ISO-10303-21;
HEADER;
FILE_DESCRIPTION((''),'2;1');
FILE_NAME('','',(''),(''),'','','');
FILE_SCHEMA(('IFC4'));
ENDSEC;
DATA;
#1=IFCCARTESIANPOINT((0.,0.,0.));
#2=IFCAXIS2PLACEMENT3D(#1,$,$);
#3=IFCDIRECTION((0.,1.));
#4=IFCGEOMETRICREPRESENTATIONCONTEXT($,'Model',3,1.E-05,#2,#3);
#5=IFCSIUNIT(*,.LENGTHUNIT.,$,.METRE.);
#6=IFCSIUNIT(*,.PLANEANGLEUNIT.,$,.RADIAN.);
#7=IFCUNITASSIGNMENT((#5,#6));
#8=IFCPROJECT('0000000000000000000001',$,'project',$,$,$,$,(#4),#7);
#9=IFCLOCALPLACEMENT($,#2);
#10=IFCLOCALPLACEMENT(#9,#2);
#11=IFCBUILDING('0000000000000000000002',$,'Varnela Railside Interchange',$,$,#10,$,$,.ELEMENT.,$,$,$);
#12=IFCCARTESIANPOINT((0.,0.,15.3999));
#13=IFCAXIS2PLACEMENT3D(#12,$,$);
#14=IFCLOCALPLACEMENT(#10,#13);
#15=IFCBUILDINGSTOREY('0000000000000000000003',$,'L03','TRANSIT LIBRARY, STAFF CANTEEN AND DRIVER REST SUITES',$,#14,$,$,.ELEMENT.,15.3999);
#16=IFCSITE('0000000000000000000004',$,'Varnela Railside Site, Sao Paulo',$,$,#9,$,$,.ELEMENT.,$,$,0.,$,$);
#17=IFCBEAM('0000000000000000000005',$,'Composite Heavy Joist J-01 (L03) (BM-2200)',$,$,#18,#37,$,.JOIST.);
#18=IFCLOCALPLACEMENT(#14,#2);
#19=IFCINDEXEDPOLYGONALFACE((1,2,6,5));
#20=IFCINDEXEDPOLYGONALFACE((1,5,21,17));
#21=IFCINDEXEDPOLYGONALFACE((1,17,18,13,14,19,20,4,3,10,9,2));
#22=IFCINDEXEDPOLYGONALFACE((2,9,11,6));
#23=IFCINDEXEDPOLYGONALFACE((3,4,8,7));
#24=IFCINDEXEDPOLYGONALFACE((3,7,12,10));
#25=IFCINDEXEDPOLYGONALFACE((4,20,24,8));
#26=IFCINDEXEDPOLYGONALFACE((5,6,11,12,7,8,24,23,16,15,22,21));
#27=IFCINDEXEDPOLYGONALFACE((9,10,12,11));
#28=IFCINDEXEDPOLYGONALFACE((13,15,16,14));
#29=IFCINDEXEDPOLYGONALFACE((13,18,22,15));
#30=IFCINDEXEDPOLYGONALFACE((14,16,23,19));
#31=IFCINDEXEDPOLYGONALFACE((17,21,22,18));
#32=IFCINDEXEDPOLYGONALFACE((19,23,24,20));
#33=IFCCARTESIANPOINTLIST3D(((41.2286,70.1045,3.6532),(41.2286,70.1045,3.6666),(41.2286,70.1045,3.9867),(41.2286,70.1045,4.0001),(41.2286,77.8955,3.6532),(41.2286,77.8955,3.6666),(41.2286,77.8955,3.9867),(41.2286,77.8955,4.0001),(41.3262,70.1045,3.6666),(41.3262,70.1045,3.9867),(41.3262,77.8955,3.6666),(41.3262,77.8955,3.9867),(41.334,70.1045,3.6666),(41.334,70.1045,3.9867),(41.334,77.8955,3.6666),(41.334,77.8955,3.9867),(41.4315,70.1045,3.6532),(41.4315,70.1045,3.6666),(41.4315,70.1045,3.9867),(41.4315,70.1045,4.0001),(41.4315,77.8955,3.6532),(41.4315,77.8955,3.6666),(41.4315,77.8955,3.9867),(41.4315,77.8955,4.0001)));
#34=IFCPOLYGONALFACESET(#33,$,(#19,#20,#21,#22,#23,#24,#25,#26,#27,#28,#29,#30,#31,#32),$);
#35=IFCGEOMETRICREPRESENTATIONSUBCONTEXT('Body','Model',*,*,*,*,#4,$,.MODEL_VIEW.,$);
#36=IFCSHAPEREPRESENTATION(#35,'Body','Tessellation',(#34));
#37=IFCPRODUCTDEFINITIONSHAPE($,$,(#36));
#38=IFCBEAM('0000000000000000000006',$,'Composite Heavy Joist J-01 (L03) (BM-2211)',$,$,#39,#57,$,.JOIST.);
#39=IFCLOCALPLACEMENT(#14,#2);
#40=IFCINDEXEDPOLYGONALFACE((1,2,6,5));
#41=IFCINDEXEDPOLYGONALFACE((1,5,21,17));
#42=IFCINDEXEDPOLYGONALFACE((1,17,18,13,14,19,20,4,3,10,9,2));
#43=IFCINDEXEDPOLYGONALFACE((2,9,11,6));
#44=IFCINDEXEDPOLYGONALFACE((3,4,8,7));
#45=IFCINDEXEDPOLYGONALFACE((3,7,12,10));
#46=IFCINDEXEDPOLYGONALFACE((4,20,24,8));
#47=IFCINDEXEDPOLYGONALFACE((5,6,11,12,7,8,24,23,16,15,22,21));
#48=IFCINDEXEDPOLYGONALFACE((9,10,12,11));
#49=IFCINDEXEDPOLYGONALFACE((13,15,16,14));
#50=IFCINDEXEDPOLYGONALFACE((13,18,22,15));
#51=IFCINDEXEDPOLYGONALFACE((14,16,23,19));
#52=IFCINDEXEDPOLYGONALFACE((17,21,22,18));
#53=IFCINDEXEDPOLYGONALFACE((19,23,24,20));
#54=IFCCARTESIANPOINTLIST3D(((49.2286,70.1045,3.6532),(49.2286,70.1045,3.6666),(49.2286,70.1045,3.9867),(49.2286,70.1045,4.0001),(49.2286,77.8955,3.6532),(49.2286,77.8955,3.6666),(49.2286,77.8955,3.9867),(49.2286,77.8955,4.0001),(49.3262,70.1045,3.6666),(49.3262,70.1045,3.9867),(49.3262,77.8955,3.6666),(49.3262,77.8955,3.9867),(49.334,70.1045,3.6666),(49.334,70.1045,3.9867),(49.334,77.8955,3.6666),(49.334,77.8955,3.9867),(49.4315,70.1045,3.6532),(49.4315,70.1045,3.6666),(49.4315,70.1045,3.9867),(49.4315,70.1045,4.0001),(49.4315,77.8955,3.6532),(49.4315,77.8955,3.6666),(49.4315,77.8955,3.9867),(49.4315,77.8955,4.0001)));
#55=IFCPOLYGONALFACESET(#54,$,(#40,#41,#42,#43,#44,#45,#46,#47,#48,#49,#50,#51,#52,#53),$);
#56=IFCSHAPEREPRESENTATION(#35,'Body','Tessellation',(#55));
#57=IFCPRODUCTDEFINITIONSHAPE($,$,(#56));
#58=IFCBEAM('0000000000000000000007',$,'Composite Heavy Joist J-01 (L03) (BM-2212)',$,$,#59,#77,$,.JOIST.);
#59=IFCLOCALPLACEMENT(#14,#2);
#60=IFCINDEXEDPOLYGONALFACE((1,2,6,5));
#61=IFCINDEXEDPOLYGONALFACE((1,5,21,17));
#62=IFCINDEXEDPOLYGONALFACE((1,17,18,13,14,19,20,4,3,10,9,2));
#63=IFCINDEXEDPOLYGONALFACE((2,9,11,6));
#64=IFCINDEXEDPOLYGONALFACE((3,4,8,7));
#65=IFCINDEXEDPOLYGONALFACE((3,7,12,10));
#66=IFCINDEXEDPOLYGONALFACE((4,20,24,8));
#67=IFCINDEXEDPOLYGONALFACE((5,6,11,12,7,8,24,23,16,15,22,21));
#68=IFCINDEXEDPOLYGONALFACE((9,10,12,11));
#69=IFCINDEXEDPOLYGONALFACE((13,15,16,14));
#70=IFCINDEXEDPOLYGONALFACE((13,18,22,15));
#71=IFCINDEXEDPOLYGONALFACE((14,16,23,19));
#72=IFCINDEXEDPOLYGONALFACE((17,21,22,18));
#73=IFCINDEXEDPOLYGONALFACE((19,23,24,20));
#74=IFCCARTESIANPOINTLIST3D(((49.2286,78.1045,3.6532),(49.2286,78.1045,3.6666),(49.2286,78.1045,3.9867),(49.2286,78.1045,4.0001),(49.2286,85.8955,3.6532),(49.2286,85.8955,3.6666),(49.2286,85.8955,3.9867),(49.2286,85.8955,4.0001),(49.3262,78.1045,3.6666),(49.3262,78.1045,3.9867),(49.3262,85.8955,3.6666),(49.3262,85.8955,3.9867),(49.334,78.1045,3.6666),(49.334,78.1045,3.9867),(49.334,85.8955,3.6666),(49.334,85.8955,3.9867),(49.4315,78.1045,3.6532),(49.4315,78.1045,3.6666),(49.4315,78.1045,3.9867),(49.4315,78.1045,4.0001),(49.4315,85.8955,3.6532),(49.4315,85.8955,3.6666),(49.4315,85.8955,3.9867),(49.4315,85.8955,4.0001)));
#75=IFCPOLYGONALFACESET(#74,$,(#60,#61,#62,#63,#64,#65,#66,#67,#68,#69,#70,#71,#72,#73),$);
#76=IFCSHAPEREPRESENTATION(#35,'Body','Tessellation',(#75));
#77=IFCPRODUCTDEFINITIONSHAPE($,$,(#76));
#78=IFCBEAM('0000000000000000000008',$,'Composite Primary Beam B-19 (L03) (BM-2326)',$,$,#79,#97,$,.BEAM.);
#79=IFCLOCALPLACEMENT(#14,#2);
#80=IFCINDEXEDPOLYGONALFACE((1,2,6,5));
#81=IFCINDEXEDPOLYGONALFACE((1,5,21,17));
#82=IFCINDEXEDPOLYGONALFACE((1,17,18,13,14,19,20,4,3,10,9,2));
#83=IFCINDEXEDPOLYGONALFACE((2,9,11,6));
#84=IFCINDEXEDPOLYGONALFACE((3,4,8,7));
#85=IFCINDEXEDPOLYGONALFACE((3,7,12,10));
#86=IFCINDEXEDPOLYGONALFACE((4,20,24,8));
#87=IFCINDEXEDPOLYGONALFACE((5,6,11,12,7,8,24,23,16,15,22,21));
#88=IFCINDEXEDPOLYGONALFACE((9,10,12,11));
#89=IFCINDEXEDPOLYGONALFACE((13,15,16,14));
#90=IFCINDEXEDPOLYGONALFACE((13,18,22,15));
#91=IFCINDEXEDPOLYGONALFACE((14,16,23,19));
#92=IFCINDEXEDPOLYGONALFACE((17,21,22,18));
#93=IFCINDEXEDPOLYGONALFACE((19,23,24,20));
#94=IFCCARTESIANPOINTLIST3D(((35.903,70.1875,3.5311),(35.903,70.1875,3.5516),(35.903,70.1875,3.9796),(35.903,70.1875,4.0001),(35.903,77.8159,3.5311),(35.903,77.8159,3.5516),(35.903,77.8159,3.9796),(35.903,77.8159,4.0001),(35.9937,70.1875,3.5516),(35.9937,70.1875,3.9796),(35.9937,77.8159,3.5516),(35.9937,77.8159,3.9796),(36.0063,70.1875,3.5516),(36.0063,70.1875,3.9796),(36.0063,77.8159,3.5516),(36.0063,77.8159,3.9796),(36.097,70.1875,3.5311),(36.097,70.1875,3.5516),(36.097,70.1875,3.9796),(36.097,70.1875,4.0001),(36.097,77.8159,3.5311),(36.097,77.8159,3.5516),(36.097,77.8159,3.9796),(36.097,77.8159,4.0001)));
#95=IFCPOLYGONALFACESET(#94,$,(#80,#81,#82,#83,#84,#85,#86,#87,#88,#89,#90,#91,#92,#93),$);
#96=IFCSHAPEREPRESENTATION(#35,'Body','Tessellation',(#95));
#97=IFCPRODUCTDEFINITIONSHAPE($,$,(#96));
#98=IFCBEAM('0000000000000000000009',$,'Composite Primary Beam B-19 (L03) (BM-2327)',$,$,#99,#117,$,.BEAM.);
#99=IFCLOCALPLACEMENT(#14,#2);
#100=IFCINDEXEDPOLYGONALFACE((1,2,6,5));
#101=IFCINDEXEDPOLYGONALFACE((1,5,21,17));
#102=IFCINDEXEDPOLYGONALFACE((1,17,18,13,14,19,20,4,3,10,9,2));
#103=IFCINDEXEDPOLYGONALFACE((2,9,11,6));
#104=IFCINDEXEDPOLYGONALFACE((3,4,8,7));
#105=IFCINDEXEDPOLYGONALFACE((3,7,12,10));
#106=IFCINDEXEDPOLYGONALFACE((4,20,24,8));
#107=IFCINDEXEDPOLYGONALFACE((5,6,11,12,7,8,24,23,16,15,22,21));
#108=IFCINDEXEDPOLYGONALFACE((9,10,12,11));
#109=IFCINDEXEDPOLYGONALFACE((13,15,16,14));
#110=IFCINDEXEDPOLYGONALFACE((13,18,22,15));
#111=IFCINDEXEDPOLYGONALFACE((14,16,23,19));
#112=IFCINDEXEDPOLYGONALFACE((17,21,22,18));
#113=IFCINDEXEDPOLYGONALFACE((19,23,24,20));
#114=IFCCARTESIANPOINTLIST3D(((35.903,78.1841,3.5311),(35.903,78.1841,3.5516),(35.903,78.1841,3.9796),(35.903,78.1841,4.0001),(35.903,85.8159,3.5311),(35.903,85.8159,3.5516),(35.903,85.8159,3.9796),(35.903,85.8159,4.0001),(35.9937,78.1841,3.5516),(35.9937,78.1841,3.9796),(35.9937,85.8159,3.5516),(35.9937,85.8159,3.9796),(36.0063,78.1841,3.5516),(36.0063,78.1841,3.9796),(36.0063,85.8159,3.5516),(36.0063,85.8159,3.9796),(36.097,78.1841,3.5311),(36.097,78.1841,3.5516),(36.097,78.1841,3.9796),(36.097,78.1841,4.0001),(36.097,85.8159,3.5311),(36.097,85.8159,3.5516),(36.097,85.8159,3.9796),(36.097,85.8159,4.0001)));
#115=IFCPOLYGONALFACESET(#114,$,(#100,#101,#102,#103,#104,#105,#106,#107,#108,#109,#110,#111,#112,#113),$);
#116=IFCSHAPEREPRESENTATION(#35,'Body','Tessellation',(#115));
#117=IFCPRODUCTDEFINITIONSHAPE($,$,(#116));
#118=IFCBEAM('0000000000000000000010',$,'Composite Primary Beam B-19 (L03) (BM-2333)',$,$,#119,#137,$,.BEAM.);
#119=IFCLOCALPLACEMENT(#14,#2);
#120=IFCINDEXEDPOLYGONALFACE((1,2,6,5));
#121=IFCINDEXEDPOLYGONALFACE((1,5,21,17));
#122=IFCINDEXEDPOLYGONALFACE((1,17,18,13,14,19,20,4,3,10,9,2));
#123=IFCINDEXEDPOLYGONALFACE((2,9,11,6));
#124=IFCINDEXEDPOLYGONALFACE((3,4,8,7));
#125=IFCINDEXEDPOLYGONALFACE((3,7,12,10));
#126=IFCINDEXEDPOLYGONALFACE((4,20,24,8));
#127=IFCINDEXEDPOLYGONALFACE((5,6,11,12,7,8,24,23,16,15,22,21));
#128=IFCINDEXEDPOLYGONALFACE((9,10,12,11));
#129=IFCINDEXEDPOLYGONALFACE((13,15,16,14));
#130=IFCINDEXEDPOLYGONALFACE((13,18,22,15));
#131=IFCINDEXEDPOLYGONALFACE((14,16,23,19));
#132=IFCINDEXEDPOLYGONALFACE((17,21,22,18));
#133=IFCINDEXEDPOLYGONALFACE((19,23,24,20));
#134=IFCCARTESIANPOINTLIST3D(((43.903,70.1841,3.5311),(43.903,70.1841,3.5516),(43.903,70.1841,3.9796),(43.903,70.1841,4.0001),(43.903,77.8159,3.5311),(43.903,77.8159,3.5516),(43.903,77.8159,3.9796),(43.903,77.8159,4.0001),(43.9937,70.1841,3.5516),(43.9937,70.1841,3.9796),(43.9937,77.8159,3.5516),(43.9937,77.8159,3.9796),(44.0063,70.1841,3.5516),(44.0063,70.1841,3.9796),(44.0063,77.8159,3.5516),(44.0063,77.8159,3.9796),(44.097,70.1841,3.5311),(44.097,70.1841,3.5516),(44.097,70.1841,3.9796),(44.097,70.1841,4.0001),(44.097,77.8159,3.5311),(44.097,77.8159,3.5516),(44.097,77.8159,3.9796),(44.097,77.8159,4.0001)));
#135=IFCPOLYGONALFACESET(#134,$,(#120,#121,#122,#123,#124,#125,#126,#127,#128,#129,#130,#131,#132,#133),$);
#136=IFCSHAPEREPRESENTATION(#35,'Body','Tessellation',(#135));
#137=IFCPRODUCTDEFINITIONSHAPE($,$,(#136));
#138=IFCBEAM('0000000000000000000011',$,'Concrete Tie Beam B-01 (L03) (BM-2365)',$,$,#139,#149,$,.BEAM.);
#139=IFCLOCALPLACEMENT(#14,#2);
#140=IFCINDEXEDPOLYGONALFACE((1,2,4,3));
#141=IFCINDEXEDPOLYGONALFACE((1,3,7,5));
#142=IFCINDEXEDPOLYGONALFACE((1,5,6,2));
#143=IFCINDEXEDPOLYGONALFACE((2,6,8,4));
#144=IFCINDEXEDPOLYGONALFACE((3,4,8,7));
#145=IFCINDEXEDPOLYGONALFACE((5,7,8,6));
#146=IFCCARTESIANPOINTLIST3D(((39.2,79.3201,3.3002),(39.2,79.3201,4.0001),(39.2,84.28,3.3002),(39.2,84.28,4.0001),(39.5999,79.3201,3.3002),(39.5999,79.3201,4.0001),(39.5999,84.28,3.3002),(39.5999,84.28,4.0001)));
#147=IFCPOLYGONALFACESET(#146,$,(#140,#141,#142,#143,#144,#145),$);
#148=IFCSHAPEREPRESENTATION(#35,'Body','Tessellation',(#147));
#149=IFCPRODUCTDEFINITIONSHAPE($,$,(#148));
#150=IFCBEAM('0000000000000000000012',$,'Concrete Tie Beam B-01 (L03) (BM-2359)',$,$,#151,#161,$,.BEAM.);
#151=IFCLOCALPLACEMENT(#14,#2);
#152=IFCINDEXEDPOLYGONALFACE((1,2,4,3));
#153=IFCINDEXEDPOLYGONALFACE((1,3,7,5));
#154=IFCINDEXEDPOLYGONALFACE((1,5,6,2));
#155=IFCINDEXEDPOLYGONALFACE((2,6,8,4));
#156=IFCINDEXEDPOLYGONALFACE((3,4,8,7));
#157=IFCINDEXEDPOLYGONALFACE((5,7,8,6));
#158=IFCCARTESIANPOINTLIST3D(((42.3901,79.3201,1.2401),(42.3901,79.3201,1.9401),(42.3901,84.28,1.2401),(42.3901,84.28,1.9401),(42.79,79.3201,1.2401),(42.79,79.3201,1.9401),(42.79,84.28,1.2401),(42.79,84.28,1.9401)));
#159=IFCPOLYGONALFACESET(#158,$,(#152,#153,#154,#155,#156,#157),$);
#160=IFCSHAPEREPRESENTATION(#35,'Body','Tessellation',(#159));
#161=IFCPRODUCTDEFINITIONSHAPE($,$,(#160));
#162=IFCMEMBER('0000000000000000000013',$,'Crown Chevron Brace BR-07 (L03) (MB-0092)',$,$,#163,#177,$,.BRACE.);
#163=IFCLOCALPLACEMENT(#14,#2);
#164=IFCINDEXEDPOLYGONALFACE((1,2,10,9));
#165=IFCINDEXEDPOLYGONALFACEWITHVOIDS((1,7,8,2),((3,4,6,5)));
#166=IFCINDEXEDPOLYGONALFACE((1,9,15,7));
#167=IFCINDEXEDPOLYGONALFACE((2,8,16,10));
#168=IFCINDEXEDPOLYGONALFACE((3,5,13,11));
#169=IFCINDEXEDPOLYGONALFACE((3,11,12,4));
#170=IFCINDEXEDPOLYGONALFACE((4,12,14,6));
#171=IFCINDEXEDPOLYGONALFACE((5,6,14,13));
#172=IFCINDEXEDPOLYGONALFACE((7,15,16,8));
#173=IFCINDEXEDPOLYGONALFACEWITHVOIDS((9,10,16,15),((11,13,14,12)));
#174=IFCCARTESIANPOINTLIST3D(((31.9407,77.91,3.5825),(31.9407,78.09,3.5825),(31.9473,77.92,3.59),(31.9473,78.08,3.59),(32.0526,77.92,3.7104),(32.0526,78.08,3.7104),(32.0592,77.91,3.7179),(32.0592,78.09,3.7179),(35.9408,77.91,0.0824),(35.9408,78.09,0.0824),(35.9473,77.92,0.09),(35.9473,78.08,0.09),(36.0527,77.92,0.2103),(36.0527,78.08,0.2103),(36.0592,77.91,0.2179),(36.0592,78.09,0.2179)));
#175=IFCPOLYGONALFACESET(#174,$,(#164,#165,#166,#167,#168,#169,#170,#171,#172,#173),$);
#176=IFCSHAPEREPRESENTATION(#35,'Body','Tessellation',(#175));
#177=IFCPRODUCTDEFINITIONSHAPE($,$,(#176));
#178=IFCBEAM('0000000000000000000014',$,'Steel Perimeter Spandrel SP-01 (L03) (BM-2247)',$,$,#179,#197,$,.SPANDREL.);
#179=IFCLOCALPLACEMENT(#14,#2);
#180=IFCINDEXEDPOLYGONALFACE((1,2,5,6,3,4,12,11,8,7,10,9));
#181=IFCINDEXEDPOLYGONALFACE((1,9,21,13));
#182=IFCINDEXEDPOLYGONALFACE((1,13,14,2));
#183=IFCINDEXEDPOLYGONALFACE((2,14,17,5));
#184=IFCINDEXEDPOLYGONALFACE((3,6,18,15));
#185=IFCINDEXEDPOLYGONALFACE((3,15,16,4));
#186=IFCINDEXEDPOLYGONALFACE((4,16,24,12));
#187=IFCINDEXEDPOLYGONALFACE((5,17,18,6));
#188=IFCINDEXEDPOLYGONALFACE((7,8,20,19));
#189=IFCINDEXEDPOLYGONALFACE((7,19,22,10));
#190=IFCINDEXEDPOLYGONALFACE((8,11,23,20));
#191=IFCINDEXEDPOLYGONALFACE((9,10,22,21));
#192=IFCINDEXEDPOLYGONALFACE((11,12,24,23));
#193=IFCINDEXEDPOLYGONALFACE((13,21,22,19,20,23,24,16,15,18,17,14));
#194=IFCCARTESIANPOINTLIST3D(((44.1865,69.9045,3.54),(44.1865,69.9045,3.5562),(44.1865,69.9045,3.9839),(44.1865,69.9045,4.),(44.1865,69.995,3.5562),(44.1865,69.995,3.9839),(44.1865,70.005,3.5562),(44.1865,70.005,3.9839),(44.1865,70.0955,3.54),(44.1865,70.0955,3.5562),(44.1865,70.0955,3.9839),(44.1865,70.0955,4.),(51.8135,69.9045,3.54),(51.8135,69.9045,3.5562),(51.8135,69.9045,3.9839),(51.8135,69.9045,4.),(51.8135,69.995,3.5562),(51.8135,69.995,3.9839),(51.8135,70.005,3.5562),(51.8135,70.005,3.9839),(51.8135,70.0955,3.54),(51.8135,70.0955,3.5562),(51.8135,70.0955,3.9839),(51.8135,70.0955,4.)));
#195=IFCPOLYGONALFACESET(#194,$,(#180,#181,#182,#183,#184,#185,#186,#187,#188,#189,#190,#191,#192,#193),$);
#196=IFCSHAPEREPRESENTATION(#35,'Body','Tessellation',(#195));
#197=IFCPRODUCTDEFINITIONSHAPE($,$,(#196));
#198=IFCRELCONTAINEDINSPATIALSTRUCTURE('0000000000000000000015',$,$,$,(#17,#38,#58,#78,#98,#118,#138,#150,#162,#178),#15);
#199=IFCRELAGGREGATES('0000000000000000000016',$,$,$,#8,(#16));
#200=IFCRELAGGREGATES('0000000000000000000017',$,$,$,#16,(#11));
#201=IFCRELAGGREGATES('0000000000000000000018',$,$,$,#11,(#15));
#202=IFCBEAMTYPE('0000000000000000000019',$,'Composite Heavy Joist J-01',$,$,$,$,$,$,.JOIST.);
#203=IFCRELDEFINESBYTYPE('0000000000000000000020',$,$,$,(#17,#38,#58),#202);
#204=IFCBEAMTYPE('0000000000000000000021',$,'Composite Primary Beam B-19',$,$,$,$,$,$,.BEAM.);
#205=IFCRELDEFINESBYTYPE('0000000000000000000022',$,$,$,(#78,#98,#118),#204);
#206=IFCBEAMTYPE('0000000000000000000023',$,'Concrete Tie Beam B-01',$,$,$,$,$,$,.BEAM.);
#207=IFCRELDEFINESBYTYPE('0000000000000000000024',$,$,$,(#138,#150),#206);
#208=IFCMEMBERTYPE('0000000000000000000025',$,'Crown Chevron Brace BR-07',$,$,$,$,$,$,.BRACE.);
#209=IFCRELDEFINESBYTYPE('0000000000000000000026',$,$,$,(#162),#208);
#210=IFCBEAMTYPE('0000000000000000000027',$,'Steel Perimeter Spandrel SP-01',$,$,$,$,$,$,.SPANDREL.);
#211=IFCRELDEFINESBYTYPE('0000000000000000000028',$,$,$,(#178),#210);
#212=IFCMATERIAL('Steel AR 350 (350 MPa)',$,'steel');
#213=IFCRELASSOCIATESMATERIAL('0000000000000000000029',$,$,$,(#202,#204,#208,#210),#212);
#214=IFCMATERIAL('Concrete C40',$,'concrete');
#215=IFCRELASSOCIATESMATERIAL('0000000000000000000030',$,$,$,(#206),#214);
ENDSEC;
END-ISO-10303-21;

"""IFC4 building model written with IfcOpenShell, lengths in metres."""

from ifc_helpers import new_model, si_unit, direction, frame, origin, origin_2d, place, context, subcontext, project, spatial, rectangle, hollow_rectangle, i_section, extrude, material, material_profile, profile_set, type_object, element, save


model = new_model("IFC4")

# Units and contexts
model_context = context("Model", 3, precision=1e-05, world=origin(), true_north=direction((0.0, 1.0)))
body_context = subcontext(model_context, "Body", "Model", "MODEL_VIEW")
ifc_project = project(units=[si_unit("LENGTHUNIT", "METRE"), si_unit("PLANEANGLEUNIT", "RADIAN")], contexts=[model_context])

# Site, building, storey
site_placement = place(None, origin())
site = spatial("IfcSite", under=ifc_project, at=site_placement, Name="Varnela Railside Site, Sao Paulo", CompositionType="ELEMENT", RefElevation=0.0)
building_placement = place(site_placement, origin())
building = spatial("IfcBuilding", under=site, at=building_placement, Name="Varnela Railside Interchange", CompositionType="ELEMENT")
storey_placement = place(building_placement, frame((0.0, 0.0, 15.3999)))
storey = spatial("IfcBuildingStorey", under=building, at=storey_placement, Name="L03", Description="TRANSIT LIBRARY, STAFF CANTEEN AND DRIVER REST SUITES", CompositionType="ELEMENT", Elevation=15.3999)

# Shared definitions
ifc_material_1 = material(Name="Steel AR 350 (350 MPa)", Category="steel")

# Beams
ifc_material_profile_1 = material_profile(ifc_material_1, i_section(OverallWidth=0.2029, OverallDepth=0.3469, WebThickness=0.0078, FlangeThickness=0.0134, at=origin_2d()), Name="W360x64")
ifc_profile_set_1 = profile_set([ifc_material_profile_1], Name="Steel AR 350 (350 MPa)")
beam_type_1 = type_object("IfcBeamType", Name="Composite Heavy Joist J-01", PredefinedType="JOIST", material=ifc_profile_set_1)
for number, where, z_axis, x_axis, name in (
    (1, (41.3301, 70.1045, 3.8267), (0.0, 1.0, 0.0), (-1.0, 0.0, 0.0), "Composite Heavy Joist J-01 (L03) (BM-2200)"),
    (2, (49.3301, 70.1045, 3.8267), (0.0, 1.0, 0.0), (-1.0, 0.0, 0.0), "Composite Heavy Joist J-01 (L03) (BM-2211)"),
    (3, (49.3301, 78.1045, 3.8267), (0.0, 1.0, 0.0), (-1.0, 0.0, 0.0), "Composite Heavy Joist J-01 (L03) (BM-2212)"),
):
    element("IfcBeam", number, at=place(storey_placement, frame(where, z_axis=z_axis, x_axis=x_axis)), inside=storey, type_object=beam_type_1, Name=name, PredefinedType="JOIST", context=body_context, shape_type="SweptSolid", body=[
        extrude(i_section(OverallWidth=0.2029, OverallDepth=0.3469, WebThickness=0.0078, FlangeThickness=0.0134, at=origin_2d()), origin(), (0.0, 0.0, 1.0), 7.791),
    ])
ifc_material_profile_2 = material_profile(ifc_material_1, i_section(OverallWidth=0.1941, OverallDepth=0.469, WebThickness=0.0127, FlangeThickness=0.0205, at=origin_2d()), Name="W460x106")
ifc_profile_set_2 = profile_set([ifc_material_profile_2], Name="Steel AR 350 (350 MPa)")
beam_type_2 = type_object("IfcBeamType", Name="Composite Primary Beam B-19", PredefinedType="BEAM", material=ifc_profile_set_2)
beam_1_placement = place(storey_placement, frame((36.0, 70.1875, 3.7656), z_axis=(0.0, 1.0, 0.0), x_axis=(-1.0, 0.0, 0.0)))
element("IfcBeam", 4, at=beam_1_placement, inside=storey, type_object=beam_type_2, Name="Composite Primary Beam B-19 (L03) (BM-2326)", PredefinedType="BEAM", context=body_context, shape_type="SweptSolid", body=[
    extrude(i_section(OverallWidth=0.1941, OverallDepth=0.469, WebThickness=0.0127, FlangeThickness=0.0205, at=origin_2d()), origin(), (0.0, 0.0, 1.0), 7.6284),
])
for number, where, z_axis, x_axis, name in (
    (5, (36.0, 78.1841, 3.7656), (0.0, 1.0, 0.0), (-1.0, 0.0, 0.0), "Composite Primary Beam B-19 (L03) (BM-2327)"),
    (6, (44.0, 70.1841, 3.7656), (0.0, 1.0, 0.0), (-1.0, 0.0, 0.0), "Composite Primary Beam B-19 (L03) (BM-2333)"),
):
    element("IfcBeam", number, at=place(storey_placement, frame(where, z_axis=z_axis, x_axis=x_axis)), inside=storey, type_object=beam_type_2, Name=name, PredefinedType="BEAM", context=body_context, shape_type="SweptSolid", body=[
        extrude(i_section(OverallWidth=0.1941, OverallDepth=0.469, WebThickness=0.0127, FlangeThickness=0.0205, at=origin_2d()), origin(), (0.0, 0.0, 1.0), 7.6318),
    ])
ifc_material_2 = material(Name="Concrete C40", Category="concrete")
ifc_material_profile_3 = material_profile(ifc_material_2, rectangle(XDim=0.3999, YDim=0.7, at=origin_2d()), Name="RC 400x700")
ifc_profile_set_3 = profile_set([ifc_material_profile_3], Name="Concrete C40")
beam_type_3 = type_object("IfcBeamType", Name="Concrete Tie Beam B-01", PredefinedType="BEAM", material=ifc_profile_set_3)
for number, where, z_axis, x_axis, name in (
    (7, (39.3999, 79.3201, 3.6501), (0.0, 1.0, 0.0), (-1.0, 0.0, 0.0), "Concrete Tie Beam B-01 (L03) (BM-2365)"),
    (8, (42.5901, 79.3201, 1.5901), (0.0, 1.0, 0.0), (-1.0, 0.0, 0.0), "Concrete Tie Beam B-01 (L03) (BM-2359)"),
):
    element("IfcBeam", number, at=place(storey_placement, frame(where, z_axis=z_axis, x_axis=x_axis)), inside=storey, type_object=beam_type_3, Name=name, PredefinedType="BEAM", context=body_context, shape_type="SweptSolid", body=[
        extrude(rectangle(XDim=0.3999, YDim=0.7, at=origin_2d()), origin(), (0.0, 0.0, 1.0), 4.96),
    ])

# Member
ifc_material_profile_4 = material_profile(ifc_material_1, hollow_rectangle(XDim=0.1799, YDim=0.1799, WallThickness=0.01, at=origin_2d()), Name="HSS 180x180x10")
ifc_profile_set_4 = profile_set([ifc_material_profile_4], Name="Steel AR 350 (350 MPa)")
member_type = type_object("IfcMemberType", Name="Crown Chevron Brace BR-07", PredefinedType="BRACE", material=ifc_profile_set_4)
member_placement = place(storey_placement, frame((36.0, 78.0, 0.1501), z_axis=(-0.752577, 0.0, 0.658505), x_axis=(0.0, -1.0, 0.0)))
element("IfcMember", 9, at=member_placement, inside=storey, type_object=member_type, Name="Crown Chevron Brace BR-07 (L03) (MB-0092)", PredefinedType="BRACE", context=body_context, shape_type="SweptSolid", body=[
    extrude(hollow_rectangle(XDim=0.1799, YDim=0.1799, WallThickness=0.01, at=origin_2d()), origin(), (0.0, 0.0, 1.0), 5.3152),
])

# Beam
ifc_material_profile_5 = material_profile(ifc_material_1, i_section(OverallWidth=0.1909, OverallDepth=0.46, WebThickness=0.01, FlangeThickness=0.0161, at=origin_2d()), Name="W460x82")
ifc_profile_set_5 = profile_set([ifc_material_profile_5], Name="Steel AR 350 (350 MPa)")
beam_type_4 = type_object("IfcBeamType", Name="Steel Perimeter Spandrel SP-01", PredefinedType="SPANDREL", material=ifc_profile_set_5)
for number, where, z_axis, x_axis, name in (
    (10, (44.1865, 70.0, 3.77), (1.0, 0.0, 0.0), (0.0, 1.0, 0.0), "Steel Perimeter Spandrel SP-01 (L03) (BM-2247)"),
):
    element("IfcBeam", number, at=place(storey_placement, frame(where, z_axis=z_axis, x_axis=x_axis)), inside=storey, type_object=beam_type_4, Name=name, PredefinedType="SPANDREL", context=body_context, shape_type="SweptSolid", body=[
        extrude(i_section(OverallWidth=0.1909, OverallDepth=0.46, WebThickness=0.01, FlangeThickness=0.0161, at=origin_2d()), origin(), (0.0, 0.0, 1.0), 7.627),
    ])

save(model, "model.ifc")
